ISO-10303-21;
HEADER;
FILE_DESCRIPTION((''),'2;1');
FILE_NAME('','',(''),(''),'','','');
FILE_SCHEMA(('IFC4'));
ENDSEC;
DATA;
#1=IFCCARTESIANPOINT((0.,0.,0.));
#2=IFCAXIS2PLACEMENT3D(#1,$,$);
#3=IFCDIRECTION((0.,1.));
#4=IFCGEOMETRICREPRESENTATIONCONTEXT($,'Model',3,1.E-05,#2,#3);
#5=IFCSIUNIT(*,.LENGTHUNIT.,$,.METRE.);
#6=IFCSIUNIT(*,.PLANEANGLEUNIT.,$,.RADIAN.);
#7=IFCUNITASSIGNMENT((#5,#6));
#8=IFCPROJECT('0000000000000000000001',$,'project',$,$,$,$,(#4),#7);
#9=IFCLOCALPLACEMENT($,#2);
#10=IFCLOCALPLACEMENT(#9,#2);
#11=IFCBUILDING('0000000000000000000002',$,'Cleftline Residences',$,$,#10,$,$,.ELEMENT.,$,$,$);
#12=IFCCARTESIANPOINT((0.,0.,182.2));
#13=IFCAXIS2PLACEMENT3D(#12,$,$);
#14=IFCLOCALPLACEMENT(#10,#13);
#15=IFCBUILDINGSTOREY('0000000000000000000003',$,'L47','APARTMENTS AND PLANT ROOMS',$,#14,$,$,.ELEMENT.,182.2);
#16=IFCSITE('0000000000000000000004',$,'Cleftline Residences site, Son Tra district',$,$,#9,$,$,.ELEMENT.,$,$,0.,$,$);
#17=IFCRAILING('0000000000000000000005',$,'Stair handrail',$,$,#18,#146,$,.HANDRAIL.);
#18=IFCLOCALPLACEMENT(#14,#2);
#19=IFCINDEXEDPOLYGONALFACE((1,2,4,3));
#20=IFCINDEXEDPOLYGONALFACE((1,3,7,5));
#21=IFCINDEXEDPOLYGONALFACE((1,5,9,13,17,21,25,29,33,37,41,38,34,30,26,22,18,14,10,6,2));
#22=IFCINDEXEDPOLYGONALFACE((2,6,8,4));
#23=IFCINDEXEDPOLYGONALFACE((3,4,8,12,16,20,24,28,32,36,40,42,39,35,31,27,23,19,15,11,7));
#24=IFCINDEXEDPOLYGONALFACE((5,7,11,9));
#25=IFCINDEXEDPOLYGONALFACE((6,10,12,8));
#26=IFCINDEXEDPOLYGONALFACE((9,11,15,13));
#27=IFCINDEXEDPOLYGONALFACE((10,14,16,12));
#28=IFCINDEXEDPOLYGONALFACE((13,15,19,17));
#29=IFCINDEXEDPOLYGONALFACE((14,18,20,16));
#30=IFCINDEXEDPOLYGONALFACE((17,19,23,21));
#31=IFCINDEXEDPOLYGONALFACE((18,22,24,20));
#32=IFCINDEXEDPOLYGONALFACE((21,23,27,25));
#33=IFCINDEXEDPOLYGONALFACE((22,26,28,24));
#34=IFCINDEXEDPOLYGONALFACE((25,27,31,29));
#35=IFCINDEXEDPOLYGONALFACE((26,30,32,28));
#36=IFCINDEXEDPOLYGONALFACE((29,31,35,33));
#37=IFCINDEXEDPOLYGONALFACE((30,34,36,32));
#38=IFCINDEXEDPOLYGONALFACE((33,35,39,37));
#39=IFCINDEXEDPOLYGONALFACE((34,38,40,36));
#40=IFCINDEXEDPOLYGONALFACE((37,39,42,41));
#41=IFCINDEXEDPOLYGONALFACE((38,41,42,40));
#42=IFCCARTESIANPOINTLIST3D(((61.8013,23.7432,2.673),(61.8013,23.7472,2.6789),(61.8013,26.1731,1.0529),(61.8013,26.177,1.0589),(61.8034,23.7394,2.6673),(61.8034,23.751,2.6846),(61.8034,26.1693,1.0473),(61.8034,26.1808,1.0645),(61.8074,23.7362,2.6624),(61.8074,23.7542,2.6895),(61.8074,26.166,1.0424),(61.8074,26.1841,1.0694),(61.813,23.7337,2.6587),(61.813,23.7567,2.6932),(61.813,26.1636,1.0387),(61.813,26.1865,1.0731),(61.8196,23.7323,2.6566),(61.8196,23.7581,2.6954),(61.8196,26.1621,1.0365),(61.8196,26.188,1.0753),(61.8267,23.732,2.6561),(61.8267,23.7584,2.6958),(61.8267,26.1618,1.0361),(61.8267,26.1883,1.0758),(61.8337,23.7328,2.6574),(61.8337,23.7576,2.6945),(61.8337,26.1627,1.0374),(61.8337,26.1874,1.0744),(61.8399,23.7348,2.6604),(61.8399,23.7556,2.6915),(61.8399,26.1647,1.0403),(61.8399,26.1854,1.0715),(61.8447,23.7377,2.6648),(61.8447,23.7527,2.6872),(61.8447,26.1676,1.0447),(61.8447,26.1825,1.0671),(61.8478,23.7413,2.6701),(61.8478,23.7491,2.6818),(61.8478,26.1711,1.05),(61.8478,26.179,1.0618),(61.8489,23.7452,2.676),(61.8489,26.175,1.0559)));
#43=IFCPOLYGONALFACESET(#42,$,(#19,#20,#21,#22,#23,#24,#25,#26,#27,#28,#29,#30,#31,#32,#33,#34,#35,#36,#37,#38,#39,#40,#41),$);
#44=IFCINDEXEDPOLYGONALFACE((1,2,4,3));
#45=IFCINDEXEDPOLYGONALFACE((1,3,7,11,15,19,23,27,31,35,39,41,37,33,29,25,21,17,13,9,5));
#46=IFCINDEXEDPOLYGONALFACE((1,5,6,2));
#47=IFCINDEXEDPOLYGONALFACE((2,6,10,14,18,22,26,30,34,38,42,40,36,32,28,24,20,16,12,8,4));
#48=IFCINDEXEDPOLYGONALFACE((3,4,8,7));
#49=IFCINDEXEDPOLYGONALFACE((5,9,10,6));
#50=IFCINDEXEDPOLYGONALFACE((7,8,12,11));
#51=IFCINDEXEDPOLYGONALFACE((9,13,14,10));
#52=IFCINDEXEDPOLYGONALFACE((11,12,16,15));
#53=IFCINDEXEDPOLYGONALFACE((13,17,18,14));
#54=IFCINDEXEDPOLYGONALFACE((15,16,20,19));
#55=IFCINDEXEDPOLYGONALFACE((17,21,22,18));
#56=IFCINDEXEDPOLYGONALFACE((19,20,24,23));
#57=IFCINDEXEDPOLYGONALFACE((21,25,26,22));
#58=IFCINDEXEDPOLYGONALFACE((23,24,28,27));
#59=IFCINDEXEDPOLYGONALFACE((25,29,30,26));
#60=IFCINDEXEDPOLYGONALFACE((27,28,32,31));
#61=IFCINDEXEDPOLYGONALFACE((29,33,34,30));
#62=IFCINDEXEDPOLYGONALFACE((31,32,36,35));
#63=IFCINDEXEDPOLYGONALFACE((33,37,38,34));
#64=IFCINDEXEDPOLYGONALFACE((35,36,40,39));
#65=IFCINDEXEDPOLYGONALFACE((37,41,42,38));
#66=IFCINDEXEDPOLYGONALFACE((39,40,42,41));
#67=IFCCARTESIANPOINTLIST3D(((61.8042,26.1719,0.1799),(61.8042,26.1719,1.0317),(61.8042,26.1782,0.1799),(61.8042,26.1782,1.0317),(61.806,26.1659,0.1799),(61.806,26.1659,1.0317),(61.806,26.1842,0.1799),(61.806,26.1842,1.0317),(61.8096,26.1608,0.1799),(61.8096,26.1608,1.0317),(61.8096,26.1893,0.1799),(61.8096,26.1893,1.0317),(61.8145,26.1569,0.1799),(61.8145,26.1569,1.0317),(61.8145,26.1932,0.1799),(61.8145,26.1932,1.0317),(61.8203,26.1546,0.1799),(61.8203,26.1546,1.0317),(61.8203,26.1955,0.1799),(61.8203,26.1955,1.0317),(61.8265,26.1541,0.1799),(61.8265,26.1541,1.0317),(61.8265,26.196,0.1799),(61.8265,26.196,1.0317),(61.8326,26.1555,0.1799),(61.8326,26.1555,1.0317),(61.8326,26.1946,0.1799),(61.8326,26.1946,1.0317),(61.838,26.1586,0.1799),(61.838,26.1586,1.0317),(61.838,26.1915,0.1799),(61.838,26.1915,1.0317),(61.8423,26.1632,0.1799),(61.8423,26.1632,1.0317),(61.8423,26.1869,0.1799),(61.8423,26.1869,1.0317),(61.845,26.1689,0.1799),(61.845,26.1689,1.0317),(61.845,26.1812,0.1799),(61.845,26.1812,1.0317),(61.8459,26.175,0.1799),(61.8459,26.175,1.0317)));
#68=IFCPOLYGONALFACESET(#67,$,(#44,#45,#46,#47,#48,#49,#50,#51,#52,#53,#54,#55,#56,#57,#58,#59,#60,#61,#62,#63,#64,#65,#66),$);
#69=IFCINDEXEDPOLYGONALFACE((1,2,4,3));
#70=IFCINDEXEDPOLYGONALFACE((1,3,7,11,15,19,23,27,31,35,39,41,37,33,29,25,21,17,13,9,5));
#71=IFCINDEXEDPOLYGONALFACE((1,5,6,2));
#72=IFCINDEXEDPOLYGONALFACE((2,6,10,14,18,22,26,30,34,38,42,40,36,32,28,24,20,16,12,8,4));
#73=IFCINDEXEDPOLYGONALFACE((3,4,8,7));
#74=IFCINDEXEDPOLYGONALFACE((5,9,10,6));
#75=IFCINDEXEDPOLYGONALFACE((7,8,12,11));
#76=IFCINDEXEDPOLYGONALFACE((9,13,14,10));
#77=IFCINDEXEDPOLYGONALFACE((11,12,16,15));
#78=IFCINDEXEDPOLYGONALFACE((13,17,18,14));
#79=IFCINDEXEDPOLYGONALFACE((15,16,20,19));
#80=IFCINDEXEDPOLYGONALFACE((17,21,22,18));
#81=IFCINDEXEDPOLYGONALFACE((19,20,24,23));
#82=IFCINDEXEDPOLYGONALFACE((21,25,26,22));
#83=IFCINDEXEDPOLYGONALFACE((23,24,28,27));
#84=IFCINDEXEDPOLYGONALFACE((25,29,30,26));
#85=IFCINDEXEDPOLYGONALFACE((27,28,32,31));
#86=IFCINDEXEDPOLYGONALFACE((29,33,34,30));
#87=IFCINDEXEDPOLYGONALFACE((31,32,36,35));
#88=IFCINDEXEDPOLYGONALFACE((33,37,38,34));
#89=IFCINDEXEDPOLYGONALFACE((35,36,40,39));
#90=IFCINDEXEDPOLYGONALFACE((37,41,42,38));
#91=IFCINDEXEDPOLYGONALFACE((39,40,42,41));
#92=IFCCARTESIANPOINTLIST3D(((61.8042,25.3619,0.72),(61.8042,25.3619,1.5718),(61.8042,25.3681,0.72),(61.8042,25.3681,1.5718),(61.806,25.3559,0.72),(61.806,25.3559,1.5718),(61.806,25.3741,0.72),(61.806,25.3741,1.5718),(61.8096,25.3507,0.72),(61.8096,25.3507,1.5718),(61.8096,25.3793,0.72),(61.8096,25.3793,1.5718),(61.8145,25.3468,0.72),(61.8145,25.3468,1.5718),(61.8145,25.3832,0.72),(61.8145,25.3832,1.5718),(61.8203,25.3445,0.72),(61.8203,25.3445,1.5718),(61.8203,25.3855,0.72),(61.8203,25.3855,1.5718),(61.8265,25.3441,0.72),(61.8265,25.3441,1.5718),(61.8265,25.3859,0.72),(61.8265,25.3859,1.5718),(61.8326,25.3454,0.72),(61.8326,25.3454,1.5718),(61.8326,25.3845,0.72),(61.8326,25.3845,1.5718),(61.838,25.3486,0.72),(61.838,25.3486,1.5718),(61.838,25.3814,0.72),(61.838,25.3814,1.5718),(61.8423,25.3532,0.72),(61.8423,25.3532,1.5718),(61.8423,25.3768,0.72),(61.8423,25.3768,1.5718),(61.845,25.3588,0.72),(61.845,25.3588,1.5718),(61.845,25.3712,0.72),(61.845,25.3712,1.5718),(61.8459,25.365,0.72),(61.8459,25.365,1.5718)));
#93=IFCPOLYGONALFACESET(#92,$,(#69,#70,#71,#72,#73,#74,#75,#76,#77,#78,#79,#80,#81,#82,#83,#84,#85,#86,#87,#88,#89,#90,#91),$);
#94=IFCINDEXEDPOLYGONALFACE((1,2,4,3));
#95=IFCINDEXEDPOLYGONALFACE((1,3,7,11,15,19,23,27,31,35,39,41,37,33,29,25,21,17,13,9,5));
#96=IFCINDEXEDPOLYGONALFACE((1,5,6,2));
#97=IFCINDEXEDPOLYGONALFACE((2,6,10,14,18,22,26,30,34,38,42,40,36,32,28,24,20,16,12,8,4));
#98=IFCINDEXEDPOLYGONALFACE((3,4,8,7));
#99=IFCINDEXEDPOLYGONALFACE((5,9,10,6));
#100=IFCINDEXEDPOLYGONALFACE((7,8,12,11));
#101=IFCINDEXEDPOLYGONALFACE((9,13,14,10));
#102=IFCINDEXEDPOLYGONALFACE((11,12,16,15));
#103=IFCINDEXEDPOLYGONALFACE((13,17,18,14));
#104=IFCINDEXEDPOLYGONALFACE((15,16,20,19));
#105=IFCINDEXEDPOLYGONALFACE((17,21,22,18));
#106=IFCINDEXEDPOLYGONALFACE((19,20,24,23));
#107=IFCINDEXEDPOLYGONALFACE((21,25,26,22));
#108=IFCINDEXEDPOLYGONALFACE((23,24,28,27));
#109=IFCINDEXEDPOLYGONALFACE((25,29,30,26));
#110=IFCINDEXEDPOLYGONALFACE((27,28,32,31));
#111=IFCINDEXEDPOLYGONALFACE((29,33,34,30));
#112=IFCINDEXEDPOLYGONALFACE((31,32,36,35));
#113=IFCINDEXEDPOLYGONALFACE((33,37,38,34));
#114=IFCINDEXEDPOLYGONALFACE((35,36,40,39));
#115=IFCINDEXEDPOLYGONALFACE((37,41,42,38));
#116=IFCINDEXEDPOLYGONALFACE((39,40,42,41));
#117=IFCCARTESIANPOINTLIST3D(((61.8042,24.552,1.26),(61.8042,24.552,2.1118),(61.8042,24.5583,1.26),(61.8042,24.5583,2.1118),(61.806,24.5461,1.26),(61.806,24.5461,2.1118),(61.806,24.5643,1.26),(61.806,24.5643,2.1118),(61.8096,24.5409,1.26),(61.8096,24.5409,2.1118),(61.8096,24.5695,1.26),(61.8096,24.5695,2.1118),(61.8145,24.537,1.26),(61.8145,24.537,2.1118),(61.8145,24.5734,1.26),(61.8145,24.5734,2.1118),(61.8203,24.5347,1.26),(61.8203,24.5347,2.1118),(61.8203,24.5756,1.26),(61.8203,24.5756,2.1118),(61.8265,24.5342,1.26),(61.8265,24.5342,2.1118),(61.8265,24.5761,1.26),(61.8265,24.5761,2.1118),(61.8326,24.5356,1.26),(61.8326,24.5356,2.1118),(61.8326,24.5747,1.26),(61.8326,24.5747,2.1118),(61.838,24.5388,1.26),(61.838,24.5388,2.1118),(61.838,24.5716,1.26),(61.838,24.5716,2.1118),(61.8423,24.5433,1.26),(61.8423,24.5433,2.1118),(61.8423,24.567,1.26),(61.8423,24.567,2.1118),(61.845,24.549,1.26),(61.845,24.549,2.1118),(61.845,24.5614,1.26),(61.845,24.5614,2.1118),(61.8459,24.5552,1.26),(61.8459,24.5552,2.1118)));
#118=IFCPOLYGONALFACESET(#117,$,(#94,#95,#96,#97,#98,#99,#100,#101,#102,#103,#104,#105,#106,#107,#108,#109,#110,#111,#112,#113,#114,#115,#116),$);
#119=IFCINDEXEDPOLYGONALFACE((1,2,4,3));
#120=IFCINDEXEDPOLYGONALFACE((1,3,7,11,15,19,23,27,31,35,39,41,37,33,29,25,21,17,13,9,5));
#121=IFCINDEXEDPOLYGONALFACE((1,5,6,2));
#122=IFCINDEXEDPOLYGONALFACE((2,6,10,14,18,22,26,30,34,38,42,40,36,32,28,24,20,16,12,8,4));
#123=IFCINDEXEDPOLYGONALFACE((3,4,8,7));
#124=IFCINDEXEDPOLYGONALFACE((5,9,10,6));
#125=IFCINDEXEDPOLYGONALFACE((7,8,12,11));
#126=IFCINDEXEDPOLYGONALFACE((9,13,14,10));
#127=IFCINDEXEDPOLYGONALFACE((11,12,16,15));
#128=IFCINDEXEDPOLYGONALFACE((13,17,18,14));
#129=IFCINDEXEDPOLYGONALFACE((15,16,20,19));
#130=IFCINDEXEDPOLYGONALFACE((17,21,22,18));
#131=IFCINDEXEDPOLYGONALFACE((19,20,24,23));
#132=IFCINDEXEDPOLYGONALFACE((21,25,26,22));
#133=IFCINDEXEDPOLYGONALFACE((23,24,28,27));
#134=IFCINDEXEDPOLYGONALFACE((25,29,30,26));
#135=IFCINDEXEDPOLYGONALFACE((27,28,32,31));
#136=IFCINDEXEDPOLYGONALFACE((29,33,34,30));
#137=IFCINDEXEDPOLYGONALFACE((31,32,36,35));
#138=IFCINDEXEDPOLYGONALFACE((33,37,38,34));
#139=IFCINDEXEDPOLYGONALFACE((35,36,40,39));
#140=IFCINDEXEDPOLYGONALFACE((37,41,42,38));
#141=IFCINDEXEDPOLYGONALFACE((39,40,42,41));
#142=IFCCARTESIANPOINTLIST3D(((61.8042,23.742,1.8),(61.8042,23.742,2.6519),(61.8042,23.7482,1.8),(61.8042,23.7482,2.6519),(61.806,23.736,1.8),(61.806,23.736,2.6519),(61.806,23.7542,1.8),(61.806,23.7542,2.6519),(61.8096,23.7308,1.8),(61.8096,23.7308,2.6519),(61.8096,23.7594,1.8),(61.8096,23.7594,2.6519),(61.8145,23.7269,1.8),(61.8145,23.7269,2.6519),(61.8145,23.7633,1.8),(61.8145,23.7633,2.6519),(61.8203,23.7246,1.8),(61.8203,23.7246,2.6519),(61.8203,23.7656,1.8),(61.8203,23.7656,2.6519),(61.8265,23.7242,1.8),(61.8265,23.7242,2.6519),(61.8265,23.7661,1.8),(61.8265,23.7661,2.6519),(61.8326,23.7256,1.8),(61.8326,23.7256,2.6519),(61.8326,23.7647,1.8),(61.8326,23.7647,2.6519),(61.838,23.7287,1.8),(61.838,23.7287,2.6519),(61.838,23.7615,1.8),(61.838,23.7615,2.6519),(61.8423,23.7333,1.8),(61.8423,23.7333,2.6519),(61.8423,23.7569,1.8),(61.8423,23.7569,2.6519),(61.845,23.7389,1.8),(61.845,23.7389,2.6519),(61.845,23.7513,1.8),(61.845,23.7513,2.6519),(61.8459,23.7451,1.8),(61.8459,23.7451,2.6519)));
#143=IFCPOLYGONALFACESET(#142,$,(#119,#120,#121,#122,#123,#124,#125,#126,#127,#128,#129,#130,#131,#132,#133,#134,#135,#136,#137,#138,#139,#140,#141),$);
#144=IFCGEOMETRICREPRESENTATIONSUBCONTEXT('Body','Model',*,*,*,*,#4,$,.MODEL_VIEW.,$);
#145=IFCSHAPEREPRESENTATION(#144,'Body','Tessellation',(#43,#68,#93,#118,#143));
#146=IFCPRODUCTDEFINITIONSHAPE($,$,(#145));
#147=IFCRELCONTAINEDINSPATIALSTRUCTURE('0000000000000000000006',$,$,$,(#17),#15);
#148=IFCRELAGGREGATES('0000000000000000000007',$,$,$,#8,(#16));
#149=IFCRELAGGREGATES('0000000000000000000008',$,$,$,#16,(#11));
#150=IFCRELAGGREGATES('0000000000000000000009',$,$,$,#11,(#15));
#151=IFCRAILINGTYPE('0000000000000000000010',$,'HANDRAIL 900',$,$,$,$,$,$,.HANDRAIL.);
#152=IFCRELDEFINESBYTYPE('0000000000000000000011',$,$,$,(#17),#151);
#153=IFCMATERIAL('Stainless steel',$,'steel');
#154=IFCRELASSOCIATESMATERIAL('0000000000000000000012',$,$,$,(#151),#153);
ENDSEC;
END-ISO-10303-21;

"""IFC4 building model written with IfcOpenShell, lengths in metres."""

from ifc_helpers import new_model, si_unit, direction, frame, origin, origin_2d, place, context, subcontext, project, spatial, circle, extrude, material, type_object, element, save


model = new_model("IFC4")

# Units and contexts
model_context = context("Model", 3, precision=1e-05, world=origin(), true_north=direction((0.0, 1.0)))
body_context = subcontext(model_context, "Body", "Model", "MODEL_VIEW")
ifc_project = project(units=[si_unit("LENGTHUNIT", "METRE"), si_unit("PLANEANGLEUNIT", "RADIAN")], contexts=[model_context])

# Site, building, storey
site_placement = place(None, origin())
site = spatial("IfcSite", under=ifc_project, at=site_placement, Name="Cleftline Residences site, Son Tra district", CompositionType="ELEMENT", RefElevation=0.0)
building_placement = place(site_placement, origin())
building = spatial("IfcBuilding", under=site, at=building_placement, Name="Cleftline Residences", CompositionType="ELEMENT")
storey_placement = place(building_placement, frame((0.0, 0.0, 182.2)))
storey = spatial("IfcBuildingStorey", under=building, at=storey_placement, Name="L47", Description="APARTMENTS AND PLANT ROOMS", CompositionType="ELEMENT", Elevation=182.2)

# Railing
ifc_material_1 = material(Name="Stainless steel", Category="steel")
railing_type = type_object("IfcRailingType", Name="HANDRAIL 900", PredefinedType="HANDRAIL", material=ifc_material_1)
railing_placement = place(storey_placement, frame((61.825, 26.175, 0.1799)))
element("IfcRailing", 1, at=railing_placement, inside=storey, type_object=railing_type, Name="Stair handrail", PredefinedType="HANDRAIL", context=body_context, shape_type="SweptSolid", body=[
    extrude(circle(Radius=0.0239, at=origin_2d()), frame((0.0, 0.0, 0.876), z_axis=(0.0, -0.832025, 0.554739), x_axis=(1.0, 0.0, 0.0)), (0.0, 0.0, 1.0), 2.9204),
    extrude(circle(Radius=0.021, at=origin_2d()), origin(), (0.0, 0.0, 1.0), 0.8518),
    extrude(circle(Radius=0.021, at=origin_2d()), frame((0.0, -0.8101, 0.54)), (0.0, 0.0, 1.0), 0.8518),
    extrude(circle(Radius=0.021, at=origin_2d()), frame((0.0, -1.6199, 1.0801)), (0.0, 0.0, 1.0), 0.8518),
    extrude(circle(Radius=0.021, at=origin_2d()), frame((0.0, -2.4299, 1.6201)), (0.0, 0.0, 1.0), 0.8518),
])

save(model, "model.ifc")
